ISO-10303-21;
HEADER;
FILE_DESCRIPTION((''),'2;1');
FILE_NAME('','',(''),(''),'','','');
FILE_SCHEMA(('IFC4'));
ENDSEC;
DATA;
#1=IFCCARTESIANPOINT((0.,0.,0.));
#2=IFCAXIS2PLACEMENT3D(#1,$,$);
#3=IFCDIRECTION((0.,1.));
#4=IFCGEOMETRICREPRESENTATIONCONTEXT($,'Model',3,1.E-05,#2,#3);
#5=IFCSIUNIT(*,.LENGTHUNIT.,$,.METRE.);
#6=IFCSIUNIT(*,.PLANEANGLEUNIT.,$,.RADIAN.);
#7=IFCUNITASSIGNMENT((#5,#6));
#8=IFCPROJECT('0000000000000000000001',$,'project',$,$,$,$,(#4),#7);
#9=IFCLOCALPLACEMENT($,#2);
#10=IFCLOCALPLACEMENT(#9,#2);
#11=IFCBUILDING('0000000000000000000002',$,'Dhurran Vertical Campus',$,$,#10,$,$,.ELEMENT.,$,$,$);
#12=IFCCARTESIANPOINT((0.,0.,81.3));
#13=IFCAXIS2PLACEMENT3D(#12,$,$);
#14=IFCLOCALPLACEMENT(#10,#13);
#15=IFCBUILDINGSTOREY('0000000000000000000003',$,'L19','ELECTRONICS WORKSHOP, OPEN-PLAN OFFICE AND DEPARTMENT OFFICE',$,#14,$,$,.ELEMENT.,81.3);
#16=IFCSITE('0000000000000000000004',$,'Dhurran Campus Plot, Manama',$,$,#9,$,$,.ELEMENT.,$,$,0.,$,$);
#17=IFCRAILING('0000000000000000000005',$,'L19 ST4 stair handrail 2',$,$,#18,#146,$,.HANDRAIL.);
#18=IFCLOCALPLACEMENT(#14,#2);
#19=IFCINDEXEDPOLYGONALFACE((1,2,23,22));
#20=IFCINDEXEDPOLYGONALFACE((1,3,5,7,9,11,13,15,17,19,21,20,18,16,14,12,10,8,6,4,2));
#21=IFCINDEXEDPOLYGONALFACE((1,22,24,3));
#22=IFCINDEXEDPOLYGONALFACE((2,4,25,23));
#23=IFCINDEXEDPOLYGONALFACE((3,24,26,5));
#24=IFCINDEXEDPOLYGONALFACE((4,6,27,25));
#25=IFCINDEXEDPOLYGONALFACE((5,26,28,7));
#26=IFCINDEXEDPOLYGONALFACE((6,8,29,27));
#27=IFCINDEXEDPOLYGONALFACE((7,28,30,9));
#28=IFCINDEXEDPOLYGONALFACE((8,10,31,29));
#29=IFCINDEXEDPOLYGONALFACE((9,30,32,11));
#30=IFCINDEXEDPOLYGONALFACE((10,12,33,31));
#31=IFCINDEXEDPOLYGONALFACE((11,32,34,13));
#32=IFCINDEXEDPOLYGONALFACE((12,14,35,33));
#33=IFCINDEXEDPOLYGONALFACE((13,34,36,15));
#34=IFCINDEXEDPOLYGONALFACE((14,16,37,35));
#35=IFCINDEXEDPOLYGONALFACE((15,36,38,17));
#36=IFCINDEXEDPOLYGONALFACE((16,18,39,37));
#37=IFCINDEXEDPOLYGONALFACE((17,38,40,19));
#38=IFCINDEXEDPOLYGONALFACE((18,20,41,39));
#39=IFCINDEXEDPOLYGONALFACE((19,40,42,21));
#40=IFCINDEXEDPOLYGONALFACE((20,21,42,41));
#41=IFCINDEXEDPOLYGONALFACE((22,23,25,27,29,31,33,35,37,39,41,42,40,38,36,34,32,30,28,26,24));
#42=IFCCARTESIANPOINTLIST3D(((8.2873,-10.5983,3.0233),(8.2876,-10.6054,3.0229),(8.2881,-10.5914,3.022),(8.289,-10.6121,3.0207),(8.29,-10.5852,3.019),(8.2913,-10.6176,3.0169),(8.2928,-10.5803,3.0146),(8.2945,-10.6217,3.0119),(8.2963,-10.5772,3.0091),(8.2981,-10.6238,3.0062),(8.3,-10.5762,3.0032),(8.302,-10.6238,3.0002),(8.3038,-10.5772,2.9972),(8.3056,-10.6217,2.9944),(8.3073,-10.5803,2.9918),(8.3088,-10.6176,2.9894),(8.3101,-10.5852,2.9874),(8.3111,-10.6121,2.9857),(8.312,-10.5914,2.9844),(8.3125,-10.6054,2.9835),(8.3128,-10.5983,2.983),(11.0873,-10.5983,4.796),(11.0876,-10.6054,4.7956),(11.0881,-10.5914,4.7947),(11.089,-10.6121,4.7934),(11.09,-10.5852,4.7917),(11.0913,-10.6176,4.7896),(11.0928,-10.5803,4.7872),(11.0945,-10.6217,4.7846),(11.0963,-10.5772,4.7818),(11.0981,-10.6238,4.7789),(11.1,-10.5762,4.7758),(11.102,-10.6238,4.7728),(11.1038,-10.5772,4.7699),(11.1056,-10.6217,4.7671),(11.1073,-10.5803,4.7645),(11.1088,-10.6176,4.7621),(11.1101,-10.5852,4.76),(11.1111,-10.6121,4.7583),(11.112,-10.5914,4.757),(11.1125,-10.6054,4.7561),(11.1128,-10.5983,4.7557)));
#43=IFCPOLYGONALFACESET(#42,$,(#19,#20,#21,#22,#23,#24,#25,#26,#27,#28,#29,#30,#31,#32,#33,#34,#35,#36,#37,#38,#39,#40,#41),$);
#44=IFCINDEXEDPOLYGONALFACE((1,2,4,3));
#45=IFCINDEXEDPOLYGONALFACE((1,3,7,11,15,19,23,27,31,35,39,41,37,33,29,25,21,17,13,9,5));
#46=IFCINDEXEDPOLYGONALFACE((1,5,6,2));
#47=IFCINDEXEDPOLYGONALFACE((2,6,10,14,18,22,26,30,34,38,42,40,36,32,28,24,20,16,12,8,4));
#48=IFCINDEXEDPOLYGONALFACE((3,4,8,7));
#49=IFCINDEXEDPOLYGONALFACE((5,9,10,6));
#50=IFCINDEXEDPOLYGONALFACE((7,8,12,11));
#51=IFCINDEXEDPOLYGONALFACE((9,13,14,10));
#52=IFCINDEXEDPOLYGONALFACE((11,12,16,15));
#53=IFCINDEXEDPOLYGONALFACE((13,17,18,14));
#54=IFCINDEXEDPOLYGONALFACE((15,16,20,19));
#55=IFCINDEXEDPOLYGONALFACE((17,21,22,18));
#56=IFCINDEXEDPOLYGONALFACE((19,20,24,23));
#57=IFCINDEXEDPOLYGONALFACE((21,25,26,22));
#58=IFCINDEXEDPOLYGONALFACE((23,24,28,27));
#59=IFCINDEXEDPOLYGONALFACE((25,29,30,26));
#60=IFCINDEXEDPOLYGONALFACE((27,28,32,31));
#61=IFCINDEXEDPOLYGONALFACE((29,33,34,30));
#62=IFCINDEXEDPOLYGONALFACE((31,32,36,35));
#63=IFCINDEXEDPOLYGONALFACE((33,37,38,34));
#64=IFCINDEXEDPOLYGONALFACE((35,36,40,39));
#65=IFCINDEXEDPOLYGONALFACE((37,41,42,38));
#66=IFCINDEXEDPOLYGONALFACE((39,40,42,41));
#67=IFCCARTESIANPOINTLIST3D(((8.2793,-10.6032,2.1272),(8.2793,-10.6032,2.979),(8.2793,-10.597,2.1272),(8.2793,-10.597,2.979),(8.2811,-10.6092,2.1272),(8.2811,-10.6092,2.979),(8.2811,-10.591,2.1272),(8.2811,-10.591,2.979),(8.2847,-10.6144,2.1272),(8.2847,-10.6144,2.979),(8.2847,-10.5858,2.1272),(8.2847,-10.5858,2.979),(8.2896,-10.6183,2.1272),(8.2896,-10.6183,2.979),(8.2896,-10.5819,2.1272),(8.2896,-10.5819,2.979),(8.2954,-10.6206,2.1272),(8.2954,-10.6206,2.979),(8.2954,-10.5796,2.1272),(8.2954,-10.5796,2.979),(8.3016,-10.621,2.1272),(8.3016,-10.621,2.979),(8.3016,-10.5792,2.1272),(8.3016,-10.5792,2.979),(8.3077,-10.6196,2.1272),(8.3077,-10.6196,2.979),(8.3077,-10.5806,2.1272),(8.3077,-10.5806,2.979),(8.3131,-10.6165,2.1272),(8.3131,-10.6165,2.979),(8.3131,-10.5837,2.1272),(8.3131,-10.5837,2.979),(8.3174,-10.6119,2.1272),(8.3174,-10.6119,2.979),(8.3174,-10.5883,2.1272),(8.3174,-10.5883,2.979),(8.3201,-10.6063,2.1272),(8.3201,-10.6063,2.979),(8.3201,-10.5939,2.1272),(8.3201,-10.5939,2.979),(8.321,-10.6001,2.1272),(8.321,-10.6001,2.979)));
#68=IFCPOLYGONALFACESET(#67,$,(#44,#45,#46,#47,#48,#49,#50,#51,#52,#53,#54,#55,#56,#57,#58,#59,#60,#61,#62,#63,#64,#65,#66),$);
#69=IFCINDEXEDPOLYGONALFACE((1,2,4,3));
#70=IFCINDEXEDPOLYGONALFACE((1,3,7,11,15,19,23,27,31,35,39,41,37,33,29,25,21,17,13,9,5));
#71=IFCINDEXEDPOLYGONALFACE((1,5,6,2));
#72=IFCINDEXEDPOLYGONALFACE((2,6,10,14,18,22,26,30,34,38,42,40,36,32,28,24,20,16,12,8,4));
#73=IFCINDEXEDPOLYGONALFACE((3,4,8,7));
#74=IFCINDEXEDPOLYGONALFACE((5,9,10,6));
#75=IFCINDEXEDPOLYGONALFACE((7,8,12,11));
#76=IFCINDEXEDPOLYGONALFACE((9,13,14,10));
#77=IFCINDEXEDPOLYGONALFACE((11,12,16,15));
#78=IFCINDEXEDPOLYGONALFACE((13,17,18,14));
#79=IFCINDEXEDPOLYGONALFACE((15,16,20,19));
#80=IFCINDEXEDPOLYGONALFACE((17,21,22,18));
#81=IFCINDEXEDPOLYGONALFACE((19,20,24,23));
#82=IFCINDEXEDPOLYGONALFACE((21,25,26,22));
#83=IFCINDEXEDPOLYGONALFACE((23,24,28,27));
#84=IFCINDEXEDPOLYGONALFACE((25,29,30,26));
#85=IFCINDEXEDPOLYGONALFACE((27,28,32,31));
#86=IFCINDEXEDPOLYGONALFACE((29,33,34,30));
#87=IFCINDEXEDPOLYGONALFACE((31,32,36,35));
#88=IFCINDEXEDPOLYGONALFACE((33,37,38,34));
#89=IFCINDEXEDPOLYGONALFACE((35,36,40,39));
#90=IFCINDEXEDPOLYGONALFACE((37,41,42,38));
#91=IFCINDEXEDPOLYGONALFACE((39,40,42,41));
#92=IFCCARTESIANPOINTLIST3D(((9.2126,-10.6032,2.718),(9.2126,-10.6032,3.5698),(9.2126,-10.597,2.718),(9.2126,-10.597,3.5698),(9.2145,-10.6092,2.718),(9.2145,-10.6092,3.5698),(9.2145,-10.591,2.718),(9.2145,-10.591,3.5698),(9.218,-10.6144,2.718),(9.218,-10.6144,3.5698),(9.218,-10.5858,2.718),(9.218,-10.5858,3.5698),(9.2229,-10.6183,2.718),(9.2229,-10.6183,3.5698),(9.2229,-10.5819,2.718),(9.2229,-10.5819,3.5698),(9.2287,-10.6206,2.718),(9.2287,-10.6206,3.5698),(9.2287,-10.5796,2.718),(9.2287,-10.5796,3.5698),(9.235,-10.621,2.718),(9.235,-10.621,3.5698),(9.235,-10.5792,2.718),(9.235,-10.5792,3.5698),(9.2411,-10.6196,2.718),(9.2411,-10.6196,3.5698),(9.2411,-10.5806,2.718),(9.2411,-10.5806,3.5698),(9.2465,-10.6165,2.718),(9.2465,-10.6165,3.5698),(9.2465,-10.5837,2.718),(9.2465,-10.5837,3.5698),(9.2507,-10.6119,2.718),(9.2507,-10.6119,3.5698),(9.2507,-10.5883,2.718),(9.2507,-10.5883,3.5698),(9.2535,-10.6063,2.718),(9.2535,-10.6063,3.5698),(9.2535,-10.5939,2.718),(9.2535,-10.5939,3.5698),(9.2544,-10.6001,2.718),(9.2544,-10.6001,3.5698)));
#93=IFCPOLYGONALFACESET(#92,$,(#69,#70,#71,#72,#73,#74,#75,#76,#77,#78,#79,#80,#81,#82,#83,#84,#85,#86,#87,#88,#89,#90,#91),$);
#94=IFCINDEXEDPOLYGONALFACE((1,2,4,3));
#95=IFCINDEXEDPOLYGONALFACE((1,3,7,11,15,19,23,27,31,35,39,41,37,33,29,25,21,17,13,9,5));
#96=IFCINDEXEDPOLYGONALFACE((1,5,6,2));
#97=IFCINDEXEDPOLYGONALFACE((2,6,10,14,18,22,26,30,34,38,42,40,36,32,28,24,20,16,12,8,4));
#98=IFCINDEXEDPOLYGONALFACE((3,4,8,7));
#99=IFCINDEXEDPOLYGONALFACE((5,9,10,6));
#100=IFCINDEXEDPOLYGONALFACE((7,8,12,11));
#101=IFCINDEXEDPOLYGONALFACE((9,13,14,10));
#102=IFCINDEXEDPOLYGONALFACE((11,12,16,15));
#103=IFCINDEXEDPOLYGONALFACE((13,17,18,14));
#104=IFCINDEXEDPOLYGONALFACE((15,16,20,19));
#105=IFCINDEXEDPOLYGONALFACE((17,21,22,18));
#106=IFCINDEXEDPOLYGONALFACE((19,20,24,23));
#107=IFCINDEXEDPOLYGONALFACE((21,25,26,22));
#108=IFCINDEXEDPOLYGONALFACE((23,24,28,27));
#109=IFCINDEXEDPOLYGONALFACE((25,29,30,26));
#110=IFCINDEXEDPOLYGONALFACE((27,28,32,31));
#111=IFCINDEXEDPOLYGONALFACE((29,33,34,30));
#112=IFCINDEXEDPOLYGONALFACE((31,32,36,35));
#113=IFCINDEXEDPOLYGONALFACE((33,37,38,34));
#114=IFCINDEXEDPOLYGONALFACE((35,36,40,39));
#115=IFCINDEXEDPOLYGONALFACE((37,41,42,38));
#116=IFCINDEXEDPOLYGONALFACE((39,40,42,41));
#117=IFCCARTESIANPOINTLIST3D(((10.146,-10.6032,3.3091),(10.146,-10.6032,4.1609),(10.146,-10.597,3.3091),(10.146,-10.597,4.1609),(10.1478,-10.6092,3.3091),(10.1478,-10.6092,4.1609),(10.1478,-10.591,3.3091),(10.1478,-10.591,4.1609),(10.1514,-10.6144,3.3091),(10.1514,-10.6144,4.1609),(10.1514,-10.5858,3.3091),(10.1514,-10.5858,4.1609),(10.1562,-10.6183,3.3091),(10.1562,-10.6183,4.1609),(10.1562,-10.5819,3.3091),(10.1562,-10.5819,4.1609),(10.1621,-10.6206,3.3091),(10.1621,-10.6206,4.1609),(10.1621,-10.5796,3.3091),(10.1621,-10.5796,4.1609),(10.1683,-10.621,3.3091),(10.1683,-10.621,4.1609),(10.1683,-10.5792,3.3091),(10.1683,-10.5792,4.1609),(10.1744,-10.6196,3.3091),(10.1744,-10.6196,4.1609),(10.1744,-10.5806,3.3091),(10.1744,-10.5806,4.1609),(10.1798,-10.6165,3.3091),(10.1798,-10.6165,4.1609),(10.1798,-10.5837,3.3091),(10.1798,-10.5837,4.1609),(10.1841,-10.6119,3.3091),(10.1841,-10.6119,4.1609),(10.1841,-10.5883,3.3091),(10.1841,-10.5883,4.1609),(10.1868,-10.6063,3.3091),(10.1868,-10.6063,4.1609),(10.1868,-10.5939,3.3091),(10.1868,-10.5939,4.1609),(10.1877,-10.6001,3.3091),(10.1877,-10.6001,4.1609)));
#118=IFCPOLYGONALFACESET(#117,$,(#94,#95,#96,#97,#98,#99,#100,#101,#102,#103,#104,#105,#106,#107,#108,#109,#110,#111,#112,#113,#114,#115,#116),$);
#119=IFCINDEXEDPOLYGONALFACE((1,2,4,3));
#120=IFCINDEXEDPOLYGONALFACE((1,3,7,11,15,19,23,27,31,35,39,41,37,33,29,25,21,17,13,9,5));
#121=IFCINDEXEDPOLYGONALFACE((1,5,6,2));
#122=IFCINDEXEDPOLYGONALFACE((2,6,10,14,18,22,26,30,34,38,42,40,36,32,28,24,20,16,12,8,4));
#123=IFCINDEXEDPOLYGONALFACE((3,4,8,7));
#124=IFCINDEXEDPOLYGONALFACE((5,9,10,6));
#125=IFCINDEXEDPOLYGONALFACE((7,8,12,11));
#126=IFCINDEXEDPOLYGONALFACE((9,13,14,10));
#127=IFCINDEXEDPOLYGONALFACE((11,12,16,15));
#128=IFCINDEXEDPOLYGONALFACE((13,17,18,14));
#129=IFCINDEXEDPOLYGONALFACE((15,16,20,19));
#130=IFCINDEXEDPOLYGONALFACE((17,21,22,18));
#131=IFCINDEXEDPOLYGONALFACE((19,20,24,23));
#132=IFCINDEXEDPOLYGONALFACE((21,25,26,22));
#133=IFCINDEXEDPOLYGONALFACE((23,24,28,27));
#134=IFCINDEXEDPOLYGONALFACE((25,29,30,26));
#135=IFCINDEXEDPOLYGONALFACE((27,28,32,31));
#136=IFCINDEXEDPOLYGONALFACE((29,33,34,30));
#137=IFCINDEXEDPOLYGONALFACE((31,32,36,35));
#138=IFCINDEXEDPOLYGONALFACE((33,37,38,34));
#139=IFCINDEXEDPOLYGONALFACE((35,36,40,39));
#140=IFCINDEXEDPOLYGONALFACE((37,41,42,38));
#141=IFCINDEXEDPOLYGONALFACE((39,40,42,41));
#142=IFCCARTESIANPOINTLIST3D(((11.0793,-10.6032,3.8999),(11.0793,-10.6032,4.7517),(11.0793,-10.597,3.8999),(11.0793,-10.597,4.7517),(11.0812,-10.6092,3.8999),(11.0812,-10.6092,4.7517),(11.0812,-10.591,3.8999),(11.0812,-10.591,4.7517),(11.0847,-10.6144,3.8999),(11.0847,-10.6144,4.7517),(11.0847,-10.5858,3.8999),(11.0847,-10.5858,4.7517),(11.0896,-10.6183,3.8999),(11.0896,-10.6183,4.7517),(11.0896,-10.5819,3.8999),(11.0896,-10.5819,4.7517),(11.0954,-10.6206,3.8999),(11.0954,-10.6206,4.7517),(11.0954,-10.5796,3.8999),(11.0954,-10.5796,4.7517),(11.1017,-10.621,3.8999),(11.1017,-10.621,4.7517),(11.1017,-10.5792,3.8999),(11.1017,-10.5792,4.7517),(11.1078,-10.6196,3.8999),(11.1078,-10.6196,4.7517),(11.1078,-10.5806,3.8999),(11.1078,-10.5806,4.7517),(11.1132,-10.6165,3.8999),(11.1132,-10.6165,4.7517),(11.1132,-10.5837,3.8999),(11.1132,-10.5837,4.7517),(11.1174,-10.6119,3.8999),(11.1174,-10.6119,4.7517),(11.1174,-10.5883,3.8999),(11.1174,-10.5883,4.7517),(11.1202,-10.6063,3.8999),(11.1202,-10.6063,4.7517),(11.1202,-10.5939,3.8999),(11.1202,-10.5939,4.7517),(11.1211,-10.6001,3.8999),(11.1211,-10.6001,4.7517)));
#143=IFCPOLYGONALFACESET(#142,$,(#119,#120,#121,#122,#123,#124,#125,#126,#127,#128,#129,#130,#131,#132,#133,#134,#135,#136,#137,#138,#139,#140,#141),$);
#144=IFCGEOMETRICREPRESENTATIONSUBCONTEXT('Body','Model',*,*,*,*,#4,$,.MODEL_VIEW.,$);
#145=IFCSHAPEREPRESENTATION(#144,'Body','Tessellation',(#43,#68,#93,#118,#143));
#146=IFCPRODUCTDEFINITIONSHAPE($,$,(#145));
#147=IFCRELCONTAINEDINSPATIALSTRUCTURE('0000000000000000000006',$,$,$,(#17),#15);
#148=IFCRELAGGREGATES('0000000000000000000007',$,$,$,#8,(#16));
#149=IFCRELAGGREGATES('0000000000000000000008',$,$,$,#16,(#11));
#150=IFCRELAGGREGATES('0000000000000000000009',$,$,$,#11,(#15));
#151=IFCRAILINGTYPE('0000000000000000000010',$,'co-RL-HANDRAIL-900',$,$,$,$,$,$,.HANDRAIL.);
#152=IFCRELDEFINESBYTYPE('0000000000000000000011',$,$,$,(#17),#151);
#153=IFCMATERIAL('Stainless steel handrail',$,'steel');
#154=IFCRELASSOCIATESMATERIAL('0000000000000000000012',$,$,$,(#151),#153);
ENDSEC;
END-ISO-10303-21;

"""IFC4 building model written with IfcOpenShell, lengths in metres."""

from ifc_helpers import new_model, si_unit, direction, frame, origin, origin_2d, place, context, subcontext, project, spatial, circle, extrude, material, type_object, element, save


model = new_model("IFC4")

# Units and contexts
model_context = context("Model", 3, precision=1e-05, world=origin(), true_north=direction((0.0, 1.0)))
body_context = subcontext(model_context, "Body", "Model", "MODEL_VIEW")
ifc_project = project(units=[si_unit("LENGTHUNIT", "METRE"), si_unit("PLANEANGLEUNIT", "RADIAN")], contexts=[model_context])

# Site, building, storey
site_placement = place(None, origin())
site = spatial("IfcSite", under=ifc_project, at=site_placement, Name="Dhurran Campus Plot, Manama", CompositionType="ELEMENT", RefElevation=0.0)
building_placement = place(site_placement, origin())
building = spatial("IfcBuilding", under=site, at=building_placement, Name="Dhurran Vertical Campus", CompositionType="ELEMENT")
storey_placement = place(building_placement, frame((0.0, 0.0, 81.3)))
storey = spatial("IfcBuildingStorey", under=building, at=storey_placement, Name="L19", Description="ELECTRONICS WORKSHOP, OPEN-PLAN OFFICE AND DEPARTMENT OFFICE", CompositionType="ELEMENT", Elevation=81.3)

# Railing
ifc_material_1 = material(Name="Stainless steel handrail", Category="steel")
railing_type_1 = type_object("IfcRailingType", Name="co-RL-HANDRAIL-900", PredefinedType="HANDRAIL", material=ifc_material_1)
railing_1_placement = place(storey_placement, frame((8.3, -10.6001, 2.1272)))
element("IfcRailing", 1, at=railing_1_placement, inside=storey, type_object=railing_type_1, Name="L19 ST4 stair handrail 2", PredefinedType="HANDRAIL", context=body_context, shape_type="SweptSolid", body=[
    extrude(circle(Radius=0.0239, at=origin_2d()), frame((0.0, 0.0, 0.876), z_axis=(0.844909, 0.0, 0.53491), x_axis=(0.0, 1.0, 0.0)), (0.0, 0.0, 1.0), 3.314),
    extrude(circle(Radius=0.021, at=origin_2d()), origin(), (0.0, 0.0, 1.0), 0.8518),
    extrude(circle(Radius=0.021, at=origin_2d()), frame((0.9333, 0.0, 0.5908)), (0.0, 0.0, 1.0), 0.8518),
    extrude(circle(Radius=0.021, at=origin_2d()), frame((1.8667, 0.0, 1.1819)), (0.0, 0.0, 1.0), 0.8518),
    extrude(circle(Radius=0.021, at=origin_2d()), frame((2.8, 0.0, 1.7727)), (0.0, 0.0, 1.0), 0.8518),
])

save(model, "model.ifc")
